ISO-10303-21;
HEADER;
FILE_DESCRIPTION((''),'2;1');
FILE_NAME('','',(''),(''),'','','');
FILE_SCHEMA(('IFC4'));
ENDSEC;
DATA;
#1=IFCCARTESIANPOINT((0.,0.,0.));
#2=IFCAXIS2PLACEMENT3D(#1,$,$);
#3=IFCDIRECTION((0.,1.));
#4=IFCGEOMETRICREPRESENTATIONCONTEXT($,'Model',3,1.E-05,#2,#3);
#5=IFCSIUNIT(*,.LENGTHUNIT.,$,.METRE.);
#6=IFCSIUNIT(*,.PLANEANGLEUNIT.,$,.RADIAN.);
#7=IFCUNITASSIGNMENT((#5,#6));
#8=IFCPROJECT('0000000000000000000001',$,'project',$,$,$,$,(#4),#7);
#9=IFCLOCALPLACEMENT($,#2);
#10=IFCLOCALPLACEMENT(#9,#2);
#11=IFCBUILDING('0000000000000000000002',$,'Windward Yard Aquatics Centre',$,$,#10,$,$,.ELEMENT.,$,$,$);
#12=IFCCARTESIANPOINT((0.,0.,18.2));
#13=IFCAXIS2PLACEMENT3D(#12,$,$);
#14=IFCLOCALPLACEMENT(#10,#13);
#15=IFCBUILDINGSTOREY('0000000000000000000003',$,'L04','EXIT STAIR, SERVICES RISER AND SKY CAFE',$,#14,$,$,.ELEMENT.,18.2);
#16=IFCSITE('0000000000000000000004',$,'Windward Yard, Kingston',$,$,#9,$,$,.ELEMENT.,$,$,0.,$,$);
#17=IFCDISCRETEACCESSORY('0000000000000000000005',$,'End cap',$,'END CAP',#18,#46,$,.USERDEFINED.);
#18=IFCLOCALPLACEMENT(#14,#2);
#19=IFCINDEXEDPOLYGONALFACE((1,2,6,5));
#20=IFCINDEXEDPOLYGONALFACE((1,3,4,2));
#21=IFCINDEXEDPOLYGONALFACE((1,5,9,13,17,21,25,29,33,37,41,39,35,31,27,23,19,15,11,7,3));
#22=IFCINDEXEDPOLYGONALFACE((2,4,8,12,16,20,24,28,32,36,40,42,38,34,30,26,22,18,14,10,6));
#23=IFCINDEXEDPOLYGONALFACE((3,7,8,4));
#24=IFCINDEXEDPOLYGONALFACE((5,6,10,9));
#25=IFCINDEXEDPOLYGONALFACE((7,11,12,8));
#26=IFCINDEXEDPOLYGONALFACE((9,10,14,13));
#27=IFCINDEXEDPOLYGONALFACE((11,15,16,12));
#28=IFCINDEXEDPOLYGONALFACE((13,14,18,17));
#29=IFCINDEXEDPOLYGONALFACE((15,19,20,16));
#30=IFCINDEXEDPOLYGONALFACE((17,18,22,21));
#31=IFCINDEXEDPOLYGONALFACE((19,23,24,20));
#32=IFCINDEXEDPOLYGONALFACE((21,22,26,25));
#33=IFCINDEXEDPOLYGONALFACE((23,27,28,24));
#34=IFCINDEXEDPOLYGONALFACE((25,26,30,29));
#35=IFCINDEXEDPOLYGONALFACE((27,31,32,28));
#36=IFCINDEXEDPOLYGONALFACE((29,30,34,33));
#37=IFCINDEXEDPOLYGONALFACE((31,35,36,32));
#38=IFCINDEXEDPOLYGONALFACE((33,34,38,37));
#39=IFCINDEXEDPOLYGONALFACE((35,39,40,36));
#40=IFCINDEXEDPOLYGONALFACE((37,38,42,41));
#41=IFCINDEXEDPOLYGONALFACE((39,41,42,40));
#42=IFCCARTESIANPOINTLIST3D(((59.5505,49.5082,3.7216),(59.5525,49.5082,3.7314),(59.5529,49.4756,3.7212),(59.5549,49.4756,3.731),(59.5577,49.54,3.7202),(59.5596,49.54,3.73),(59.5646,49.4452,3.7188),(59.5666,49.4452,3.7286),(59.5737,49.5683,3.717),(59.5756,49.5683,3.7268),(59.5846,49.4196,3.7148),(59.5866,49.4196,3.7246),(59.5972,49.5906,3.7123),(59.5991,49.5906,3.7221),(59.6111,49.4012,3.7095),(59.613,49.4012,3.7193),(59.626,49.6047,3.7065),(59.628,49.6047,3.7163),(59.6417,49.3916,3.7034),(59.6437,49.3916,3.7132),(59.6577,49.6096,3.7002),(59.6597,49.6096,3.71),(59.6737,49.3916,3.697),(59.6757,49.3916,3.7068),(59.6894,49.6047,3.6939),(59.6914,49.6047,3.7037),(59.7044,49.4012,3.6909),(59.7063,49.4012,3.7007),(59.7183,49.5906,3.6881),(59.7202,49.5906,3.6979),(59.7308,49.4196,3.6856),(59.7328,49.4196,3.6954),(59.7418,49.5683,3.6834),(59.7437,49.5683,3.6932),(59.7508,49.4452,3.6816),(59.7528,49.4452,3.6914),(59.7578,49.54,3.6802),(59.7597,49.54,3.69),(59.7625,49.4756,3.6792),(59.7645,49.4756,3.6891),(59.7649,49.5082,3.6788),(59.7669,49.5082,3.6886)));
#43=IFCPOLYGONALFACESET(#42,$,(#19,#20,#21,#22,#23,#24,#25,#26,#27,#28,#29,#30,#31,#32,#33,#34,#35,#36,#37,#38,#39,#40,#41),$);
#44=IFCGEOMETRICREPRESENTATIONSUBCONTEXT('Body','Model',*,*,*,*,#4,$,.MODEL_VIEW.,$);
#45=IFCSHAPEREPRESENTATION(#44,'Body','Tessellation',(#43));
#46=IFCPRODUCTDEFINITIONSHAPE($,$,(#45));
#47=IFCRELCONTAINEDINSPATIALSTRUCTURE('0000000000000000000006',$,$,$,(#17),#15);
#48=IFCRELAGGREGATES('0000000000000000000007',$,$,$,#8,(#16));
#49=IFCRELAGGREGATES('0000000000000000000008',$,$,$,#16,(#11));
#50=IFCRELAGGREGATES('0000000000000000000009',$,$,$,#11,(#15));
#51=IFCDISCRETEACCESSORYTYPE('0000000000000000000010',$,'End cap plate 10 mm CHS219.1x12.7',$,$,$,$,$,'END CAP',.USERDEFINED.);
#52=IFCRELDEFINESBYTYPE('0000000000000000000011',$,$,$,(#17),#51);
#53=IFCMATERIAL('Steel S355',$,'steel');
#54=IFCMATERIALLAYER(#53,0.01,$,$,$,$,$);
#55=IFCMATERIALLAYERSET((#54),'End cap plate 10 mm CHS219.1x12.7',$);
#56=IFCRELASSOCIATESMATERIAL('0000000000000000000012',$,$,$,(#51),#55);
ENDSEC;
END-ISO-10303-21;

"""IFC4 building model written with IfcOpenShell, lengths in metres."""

from ifc_helpers import new_model, si_unit, direction, frame, origin, origin_2d, place, context, subcontext, project, spatial, circle, extrude, material, layer, layer_set, type_object, element, save


model = new_model("IFC4")

# Units and contexts
model_context = context("Model", 3, precision=1e-05, world=origin(), true_north=direction((0.0, 1.0)))
body_context = subcontext(model_context, "Body", "Model", "MODEL_VIEW")
ifc_project = project(units=[si_unit("LENGTHUNIT", "METRE"), si_unit("PLANEANGLEUNIT", "RADIAN")], contexts=[model_context])

# Site, building, storey
site_placement = place(None, origin())
site = spatial("IfcSite", under=ifc_project, at=site_placement, Name="Windward Yard, Kingston", CompositionType="ELEMENT", RefElevation=0.0)
building_placement = place(site_placement, origin())
building = spatial("IfcBuilding", under=site, at=building_placement, Name="Windward Yard Aquatics Centre", CompositionType="ELEMENT")
storey_placement = place(building_placement, frame((0.0, 0.0, 18.2)))
storey = spatial("IfcBuildingStorey", under=building, at=storey_placement, Name="L04", Description="EXIT STAIR, SERVICES RISER AND SKY CAFE", CompositionType="ELEMENT", Elevation=18.2)

# Discrete accessory
ifc_material_1 = material(Name="Steel S355", Category="steel")
ifc_layer_1 = layer(ifc_material_1, 0.01)
ifc_layer_set_1 = layer_set([ifc_layer_1], Name="End cap plate 10 mm CHS219.1x12.7")
discrete_accessory_type = type_object("IfcDiscreteAccessoryType", Name="End cap plate 10 mm CHS219.1x12.7", ElementType="END CAP", PredefinedType="USERDEFINED", material=ifc_layer_set_1)
discrete_accessory_placement = place(storey_placement, frame((59.6577, 49.5, 3.7002), z_axis=(0.196116, 0.0, 0.980581), x_axis=(0.0, 1.0, 0.0)))
element("IfcDiscreteAccessory", 1, at=discrete_accessory_placement, inside=storey, type_object=discrete_accessory_type, Name="End cap", ObjectType="END CAP", PredefinedType="USERDEFINED", context=body_context, shape_type="SweptSolid", body=[
    extrude(circle(Radius=0.1096, at=origin_2d()), origin(), (0.0, 0.0, 1.0), 0.01),
])

save(model, "model.ifc")
